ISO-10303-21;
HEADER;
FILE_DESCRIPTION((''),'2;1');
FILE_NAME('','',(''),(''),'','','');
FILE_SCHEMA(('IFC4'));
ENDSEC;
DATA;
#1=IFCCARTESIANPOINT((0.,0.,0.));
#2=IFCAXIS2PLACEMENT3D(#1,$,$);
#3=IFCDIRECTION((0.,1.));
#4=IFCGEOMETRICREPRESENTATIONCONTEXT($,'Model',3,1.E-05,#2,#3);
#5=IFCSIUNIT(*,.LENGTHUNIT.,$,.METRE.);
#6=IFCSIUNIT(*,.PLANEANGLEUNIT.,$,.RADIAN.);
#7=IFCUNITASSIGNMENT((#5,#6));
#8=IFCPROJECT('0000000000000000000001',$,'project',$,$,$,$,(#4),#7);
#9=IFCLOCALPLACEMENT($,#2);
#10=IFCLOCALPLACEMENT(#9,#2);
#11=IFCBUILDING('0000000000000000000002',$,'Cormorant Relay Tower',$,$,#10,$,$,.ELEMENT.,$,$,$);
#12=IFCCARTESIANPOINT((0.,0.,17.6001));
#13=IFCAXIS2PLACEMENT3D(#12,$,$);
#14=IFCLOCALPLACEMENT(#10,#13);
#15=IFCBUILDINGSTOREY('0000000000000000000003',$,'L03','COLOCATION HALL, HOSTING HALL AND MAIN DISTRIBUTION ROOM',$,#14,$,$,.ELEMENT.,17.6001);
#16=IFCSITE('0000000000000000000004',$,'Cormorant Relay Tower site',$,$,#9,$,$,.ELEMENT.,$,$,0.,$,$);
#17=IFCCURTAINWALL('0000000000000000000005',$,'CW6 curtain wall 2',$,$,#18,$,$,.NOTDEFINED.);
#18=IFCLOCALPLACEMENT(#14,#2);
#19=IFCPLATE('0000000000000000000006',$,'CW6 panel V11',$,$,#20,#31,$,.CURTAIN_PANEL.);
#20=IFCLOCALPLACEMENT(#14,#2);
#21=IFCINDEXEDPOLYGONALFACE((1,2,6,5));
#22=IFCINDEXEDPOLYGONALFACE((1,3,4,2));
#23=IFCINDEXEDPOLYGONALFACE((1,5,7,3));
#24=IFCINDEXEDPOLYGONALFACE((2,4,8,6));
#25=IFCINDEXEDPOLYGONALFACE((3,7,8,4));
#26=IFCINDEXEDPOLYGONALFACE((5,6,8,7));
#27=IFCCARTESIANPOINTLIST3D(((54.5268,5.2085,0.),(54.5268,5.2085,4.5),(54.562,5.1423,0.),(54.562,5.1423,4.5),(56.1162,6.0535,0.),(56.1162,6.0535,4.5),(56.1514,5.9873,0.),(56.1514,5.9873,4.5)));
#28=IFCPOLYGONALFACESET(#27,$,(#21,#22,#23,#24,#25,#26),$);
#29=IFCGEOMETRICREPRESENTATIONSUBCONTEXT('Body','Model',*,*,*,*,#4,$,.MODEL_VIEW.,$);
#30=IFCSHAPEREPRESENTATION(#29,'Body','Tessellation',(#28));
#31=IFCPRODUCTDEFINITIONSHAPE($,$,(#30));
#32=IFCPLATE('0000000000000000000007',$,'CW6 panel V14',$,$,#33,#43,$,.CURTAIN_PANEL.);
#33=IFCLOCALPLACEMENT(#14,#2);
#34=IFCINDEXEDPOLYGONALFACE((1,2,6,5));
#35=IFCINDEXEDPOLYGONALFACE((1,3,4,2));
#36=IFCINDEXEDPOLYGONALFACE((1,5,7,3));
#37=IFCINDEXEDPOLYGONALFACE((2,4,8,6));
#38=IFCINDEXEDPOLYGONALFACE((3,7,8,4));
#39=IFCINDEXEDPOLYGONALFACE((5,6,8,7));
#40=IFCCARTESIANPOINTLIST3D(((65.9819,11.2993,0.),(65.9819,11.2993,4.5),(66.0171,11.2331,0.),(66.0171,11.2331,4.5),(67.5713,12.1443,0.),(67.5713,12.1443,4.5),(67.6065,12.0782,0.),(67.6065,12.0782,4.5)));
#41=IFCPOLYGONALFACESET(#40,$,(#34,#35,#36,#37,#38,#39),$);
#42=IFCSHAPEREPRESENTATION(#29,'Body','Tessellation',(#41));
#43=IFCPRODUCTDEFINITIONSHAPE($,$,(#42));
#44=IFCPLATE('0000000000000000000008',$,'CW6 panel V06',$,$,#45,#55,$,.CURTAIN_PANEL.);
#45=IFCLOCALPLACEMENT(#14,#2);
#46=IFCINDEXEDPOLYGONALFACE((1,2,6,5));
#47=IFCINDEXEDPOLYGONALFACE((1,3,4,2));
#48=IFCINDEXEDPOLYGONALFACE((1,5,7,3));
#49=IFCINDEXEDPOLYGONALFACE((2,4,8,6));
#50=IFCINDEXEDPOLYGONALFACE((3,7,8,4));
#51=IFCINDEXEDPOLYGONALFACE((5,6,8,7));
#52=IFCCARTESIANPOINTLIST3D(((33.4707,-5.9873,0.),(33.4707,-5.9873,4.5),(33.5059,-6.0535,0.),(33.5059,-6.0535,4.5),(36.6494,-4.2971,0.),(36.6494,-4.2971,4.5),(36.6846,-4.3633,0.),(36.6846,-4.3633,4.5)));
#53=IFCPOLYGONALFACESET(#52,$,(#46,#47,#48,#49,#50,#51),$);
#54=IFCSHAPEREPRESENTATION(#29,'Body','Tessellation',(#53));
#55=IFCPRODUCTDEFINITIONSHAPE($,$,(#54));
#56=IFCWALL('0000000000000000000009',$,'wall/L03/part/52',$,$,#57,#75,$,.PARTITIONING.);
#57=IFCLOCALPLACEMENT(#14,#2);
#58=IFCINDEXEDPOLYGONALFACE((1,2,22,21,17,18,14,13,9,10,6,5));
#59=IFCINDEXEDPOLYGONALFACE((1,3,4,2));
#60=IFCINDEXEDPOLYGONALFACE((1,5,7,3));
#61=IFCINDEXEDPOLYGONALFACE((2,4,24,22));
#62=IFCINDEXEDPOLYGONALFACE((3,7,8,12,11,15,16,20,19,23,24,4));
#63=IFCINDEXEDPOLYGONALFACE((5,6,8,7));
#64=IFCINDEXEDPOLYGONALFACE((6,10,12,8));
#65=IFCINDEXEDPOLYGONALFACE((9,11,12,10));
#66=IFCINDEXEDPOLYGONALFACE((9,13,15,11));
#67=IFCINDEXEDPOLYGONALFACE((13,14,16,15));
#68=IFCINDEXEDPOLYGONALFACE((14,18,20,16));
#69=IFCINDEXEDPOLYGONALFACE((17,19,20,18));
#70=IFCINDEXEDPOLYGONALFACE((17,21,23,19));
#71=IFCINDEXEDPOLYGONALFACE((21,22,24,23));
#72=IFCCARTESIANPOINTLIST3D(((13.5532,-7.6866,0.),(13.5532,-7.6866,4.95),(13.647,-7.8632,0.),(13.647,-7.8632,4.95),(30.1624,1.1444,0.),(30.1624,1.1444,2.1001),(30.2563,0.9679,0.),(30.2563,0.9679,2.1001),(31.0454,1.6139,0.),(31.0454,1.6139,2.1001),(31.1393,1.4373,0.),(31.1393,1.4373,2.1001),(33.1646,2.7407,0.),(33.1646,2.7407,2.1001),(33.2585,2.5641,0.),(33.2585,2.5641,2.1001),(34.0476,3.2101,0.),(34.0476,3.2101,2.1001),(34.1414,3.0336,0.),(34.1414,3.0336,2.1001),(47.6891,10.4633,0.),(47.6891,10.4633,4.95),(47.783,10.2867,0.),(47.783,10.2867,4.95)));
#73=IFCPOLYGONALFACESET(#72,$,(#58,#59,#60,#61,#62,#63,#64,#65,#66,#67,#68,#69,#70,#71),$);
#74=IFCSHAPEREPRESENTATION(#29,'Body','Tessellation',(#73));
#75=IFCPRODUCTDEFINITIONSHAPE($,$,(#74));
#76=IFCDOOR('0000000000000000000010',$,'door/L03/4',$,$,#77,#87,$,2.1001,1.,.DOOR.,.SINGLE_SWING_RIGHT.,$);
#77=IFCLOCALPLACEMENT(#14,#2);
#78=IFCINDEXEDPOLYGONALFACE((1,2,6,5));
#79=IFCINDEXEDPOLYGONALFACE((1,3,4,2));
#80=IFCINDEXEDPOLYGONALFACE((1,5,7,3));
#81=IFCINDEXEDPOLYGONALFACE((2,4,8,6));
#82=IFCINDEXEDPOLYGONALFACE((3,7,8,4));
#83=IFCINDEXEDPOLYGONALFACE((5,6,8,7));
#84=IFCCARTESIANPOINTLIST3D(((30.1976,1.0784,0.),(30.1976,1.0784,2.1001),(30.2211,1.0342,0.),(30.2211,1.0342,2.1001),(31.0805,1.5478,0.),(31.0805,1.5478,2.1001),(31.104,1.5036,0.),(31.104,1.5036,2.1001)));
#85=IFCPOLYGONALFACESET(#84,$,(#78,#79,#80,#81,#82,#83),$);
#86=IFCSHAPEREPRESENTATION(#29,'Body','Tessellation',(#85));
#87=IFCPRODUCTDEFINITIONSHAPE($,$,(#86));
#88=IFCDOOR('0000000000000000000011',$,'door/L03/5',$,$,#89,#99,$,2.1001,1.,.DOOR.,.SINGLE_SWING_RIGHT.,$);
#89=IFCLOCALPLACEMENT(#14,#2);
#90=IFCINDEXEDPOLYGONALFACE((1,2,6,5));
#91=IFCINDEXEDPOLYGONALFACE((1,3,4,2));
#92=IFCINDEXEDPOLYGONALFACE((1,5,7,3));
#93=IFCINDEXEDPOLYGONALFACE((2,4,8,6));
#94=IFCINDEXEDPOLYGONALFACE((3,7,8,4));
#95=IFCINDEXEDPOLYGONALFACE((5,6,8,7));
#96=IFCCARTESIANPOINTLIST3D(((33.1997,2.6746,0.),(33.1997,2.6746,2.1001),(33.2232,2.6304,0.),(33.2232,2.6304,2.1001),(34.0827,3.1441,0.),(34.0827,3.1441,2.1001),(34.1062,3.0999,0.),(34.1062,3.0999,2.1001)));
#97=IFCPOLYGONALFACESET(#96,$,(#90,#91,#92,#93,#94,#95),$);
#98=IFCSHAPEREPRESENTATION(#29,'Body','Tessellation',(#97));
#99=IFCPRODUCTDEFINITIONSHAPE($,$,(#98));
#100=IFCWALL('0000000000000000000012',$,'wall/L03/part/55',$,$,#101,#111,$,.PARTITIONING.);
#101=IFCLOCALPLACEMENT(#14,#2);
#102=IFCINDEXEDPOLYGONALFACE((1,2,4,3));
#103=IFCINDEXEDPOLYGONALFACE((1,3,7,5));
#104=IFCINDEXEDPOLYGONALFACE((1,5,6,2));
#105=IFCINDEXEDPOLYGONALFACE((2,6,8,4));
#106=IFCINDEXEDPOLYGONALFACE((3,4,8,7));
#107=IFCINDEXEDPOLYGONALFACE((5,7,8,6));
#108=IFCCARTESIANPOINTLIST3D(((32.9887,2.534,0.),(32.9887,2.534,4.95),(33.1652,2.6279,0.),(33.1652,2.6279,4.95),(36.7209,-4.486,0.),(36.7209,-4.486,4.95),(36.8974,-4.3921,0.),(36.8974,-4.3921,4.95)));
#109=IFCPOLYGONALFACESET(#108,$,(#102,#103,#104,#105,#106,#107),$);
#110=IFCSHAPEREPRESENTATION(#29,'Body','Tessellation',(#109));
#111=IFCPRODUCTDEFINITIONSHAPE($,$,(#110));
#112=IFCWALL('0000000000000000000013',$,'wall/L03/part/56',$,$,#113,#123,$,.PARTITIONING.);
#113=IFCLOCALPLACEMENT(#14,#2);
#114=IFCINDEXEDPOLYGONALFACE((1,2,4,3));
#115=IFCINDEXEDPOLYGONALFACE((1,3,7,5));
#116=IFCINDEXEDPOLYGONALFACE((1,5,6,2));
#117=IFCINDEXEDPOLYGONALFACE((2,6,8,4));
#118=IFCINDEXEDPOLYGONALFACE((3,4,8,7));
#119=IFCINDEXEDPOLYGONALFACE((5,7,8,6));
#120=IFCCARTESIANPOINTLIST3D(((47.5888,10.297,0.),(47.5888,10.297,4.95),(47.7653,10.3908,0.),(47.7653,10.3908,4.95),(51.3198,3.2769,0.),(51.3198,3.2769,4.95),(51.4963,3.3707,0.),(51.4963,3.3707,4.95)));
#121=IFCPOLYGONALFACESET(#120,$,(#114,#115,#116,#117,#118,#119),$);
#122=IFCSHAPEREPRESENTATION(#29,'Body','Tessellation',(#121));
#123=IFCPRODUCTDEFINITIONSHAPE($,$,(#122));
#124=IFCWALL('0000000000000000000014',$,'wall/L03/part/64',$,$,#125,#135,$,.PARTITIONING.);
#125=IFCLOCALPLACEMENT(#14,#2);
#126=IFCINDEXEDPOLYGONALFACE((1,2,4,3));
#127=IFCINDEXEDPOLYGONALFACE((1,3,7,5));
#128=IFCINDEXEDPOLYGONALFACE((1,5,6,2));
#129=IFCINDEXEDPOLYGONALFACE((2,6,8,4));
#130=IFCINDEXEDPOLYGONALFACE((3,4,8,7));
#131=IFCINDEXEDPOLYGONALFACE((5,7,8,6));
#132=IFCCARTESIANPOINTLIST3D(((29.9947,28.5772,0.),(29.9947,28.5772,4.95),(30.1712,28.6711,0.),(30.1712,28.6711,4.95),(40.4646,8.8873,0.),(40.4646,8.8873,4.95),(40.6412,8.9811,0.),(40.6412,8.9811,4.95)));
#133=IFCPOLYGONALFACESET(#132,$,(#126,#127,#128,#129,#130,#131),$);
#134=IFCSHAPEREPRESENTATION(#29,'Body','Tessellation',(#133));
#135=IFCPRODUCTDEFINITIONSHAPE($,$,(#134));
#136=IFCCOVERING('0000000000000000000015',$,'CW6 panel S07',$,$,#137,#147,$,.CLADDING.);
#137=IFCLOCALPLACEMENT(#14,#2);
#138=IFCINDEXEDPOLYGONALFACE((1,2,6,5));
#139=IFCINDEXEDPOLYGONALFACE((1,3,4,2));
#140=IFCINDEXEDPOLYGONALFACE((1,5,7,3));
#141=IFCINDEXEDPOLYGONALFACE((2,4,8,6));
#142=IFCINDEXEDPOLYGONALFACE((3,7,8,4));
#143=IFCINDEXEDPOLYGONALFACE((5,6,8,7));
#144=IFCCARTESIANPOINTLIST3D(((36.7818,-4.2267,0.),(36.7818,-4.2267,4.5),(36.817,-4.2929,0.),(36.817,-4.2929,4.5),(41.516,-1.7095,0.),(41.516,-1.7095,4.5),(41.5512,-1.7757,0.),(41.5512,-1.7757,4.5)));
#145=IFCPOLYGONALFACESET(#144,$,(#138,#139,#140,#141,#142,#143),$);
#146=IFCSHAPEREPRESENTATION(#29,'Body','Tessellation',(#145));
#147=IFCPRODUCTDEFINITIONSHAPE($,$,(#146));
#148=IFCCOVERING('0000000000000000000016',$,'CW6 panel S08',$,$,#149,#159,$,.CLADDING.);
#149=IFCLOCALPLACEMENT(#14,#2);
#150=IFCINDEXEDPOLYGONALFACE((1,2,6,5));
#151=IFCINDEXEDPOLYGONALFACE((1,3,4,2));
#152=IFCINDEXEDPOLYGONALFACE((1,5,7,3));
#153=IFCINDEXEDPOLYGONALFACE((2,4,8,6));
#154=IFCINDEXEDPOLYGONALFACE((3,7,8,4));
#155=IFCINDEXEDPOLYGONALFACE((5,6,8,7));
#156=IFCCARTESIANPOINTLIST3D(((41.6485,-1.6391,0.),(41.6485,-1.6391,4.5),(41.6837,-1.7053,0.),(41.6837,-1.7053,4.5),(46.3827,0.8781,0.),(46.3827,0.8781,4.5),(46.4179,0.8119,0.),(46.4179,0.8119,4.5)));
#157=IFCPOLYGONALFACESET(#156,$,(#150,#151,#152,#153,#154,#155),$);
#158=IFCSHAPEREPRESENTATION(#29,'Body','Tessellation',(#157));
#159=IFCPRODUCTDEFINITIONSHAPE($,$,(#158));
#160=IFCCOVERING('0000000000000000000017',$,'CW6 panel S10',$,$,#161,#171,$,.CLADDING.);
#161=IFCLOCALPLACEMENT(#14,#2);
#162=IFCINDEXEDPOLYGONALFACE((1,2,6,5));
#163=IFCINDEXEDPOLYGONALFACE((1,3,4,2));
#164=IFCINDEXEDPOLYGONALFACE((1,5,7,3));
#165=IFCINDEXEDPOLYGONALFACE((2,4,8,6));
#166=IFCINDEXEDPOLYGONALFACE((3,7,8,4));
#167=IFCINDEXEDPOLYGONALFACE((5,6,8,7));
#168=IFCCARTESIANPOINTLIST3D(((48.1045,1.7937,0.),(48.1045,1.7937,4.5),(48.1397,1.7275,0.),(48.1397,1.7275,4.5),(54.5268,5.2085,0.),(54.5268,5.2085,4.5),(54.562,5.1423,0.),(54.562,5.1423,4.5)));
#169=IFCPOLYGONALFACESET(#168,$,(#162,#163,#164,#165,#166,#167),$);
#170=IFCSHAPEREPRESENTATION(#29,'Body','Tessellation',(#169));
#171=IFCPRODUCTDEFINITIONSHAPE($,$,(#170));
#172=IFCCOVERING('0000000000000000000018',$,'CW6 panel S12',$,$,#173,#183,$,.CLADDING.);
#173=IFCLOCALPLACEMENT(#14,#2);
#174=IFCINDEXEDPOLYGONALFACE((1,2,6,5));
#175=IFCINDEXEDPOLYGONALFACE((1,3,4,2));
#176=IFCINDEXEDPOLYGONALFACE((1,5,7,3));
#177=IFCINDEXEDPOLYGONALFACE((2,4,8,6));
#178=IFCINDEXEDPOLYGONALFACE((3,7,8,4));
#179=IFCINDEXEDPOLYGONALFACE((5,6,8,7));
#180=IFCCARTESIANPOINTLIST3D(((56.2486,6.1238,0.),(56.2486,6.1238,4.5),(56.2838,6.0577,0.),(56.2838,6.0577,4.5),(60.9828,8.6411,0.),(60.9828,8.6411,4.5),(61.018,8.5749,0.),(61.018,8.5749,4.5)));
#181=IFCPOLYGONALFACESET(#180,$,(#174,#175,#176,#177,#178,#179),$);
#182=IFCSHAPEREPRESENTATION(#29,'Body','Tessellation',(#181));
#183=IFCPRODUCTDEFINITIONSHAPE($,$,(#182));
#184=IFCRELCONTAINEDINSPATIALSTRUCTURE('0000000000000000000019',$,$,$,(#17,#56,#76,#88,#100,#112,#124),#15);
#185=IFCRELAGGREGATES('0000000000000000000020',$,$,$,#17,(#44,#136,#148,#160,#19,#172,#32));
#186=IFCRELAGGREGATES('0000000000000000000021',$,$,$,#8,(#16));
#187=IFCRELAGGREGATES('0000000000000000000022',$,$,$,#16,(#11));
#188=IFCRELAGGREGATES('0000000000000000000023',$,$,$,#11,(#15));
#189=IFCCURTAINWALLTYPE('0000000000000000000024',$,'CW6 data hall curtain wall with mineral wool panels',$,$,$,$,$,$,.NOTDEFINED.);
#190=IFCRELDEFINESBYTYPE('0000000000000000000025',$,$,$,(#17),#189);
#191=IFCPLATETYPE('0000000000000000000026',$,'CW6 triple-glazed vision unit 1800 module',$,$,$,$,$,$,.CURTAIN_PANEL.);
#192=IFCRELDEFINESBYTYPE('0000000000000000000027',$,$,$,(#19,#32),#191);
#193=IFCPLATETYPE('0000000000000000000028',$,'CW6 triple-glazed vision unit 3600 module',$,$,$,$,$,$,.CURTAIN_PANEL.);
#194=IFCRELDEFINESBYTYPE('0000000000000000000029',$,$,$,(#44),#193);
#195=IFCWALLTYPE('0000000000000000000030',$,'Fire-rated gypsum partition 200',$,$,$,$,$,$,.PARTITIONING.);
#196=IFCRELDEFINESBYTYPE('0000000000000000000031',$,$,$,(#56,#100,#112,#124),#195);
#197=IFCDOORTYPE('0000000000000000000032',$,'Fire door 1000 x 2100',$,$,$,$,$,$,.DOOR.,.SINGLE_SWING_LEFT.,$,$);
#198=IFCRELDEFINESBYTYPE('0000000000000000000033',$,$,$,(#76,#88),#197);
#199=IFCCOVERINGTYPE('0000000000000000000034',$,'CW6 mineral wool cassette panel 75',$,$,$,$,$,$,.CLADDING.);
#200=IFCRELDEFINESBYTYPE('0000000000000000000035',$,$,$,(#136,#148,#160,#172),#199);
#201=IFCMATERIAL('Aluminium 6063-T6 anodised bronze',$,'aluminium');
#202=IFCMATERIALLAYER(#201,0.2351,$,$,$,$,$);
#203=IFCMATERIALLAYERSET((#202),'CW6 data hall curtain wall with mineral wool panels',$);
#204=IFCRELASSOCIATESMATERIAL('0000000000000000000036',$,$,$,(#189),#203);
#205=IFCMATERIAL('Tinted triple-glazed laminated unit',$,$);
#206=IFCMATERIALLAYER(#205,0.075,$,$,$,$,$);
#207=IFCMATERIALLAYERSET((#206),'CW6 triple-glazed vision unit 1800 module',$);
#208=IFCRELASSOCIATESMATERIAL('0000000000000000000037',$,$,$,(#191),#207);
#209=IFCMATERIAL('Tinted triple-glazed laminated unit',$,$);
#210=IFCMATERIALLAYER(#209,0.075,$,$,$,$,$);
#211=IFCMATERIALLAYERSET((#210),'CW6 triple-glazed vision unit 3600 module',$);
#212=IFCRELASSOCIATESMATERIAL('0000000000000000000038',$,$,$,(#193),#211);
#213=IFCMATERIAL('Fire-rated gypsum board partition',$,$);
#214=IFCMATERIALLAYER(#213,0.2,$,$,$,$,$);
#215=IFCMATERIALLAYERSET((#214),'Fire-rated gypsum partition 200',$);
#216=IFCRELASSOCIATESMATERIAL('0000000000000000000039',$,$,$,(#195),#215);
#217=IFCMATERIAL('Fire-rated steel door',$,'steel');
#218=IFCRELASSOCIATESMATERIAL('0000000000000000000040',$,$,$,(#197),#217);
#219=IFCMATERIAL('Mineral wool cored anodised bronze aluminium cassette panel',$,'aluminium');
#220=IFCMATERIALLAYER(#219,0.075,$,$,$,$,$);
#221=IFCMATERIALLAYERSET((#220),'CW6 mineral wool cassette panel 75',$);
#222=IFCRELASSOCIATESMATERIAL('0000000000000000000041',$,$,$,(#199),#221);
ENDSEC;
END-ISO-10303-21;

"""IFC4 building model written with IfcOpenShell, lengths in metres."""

from ifc_helpers import new_model, si_unit, direction, frame, frame_2d, origin, origin_2d, place, context, subcontext, project, spatial, rectangle, extrude, material, layer, layer_set, type_object, element, fill, aggregate, save


model = new_model("IFC4")

# Units and contexts
model_context = context("Model", 3, precision=1e-05, world=origin(), true_north=direction((0.0, 1.0)))
body_context = subcontext(model_context, "Body", "Model", "MODEL_VIEW")
ifc_project = project(units=[si_unit("LENGTHUNIT", "METRE"), si_unit("PLANEANGLEUNIT", "RADIAN")], contexts=[model_context])

# Site, building, storey
site_placement = place(None, origin())
site = spatial("IfcSite", under=ifc_project, at=site_placement, Name="Cormorant Relay Tower site", CompositionType="ELEMENT", RefElevation=0.0)
building_placement = place(site_placement, origin())
building = spatial("IfcBuilding", under=site, at=building_placement, Name="Cormorant Relay Tower", CompositionType="ELEMENT")
storey_placement = place(building_placement, frame((0.0, 0.0, 17.6001)))
storey = spatial("IfcBuildingStorey", under=building, at=storey_placement, Name="L03", Description="COLOCATION HALL, HOSTING HALL AND MAIN DISTRIBUTION ROOM", CompositionType="ELEMENT", Elevation=17.6001)

# Curtain wall
ifc_material_1 = material(Name="Aluminium 6063-T6 anodised bronze", Category="aluminium")
ifc_layer_1 = layer(ifc_material_1, 0.2351)
ifc_layer_set_1 = layer_set([ifc_layer_1], Name="CW6 data hall curtain wall with mineral wool panels")
curtain_wall_type = type_object("IfcCurtainWallType", Name="CW6 data hall curtain wall with mineral wool panels", PredefinedType="NOTDEFINED", material=ifc_layer_set_1)
curtain_wall_1_placement = place(storey_placement, origin())
curtain_wall_1 = element("IfcCurtainWall", 1, at=curtain_wall_1_placement, inside=storey, type_object=curtain_wall_type, Name="CW6 curtain wall 2", PredefinedType="NOTDEFINED")

# Plates
ifc_material_2 = material(Name="Tinted triple-glazed laminated unit")
ifc_layer_2 = layer(ifc_material_2, 0.075)
ifc_layer_set_2 = layer_set([ifc_layer_2], Name="CW6 triple-glazed vision unit 1800 module")
plate_type_1 = type_object("IfcPlateType", Name="CW6 triple-glazed vision unit 1800 module", PredefinedType="CURTAIN_PANEL", material=ifc_layer_set_2)
plate_1_placement = place(storey_placement, frame((55.3391, 5.5979, 0.0), z_axis=(0.0, 0.0, 1.0), x_axis=(0.882948, 0.469472, 0.0)))
plate_1 = element("IfcPlate", 2, at=plate_1_placement, type_object=plate_type_1, Name="CW6 panel V11", PredefinedType="CURTAIN_PANEL", context=body_context, shape_type="SweptSolid", body=[
    extrude(rectangle(XDim=1.8, YDim=0.075, at=origin_2d()), origin(), (0.0, 0.0, 1.0), 4.5),
])
plate_2_placement = place(storey_placement, frame((66.7942, 11.6887, 0.0), z_axis=(0.0, 0.0, 1.0), x_axis=(0.882948, 0.469472, 0.0)))
plate_2 = element("IfcPlate", 3, at=plate_2_placement, type_object=plate_type_1, Name="CW6 panel V14", PredefinedType="CURTAIN_PANEL", context=body_context, shape_type="SweptSolid", body=[
    extrude(rectangle(XDim=1.8, YDim=0.075, at=origin_2d()), origin(), (0.0, 0.0, 1.0), 4.5),
])
ifc_material_3 = material(Name="Tinted triple-glazed laminated unit")
ifc_layer_3 = layer(ifc_material_3, 0.075)
ifc_layer_set_3 = layer_set([ifc_layer_3], Name="CW6 triple-glazed vision unit 3600 module")
plate_type_2 = type_object("IfcPlateType", Name="CW6 triple-glazed vision unit 3600 module", PredefinedType="CURTAIN_PANEL", material=ifc_layer_set_3)
plate_3_placement = place(storey_placement, frame((35.0776, -5.1753, 0.0), z_axis=(0.0, 0.0, 1.0), x_axis=(0.882948, 0.469472, 0.0)))
plate_3 = element("IfcPlate", 4, at=plate_3_placement, type_object=plate_type_2, Name="CW6 panel V06", PredefinedType="CURTAIN_PANEL", context=body_context, shape_type="SweptSolid", body=[
    extrude(rectangle(XDim=3.6001, YDim=0.075, at=origin_2d()), origin(), (0.0, 0.0, 1.0), 4.5),
])

# Wall, openings, doors
ifc_material_4 = material(Name="Fire-rated gypsum board partition")
ifc_layer_4 = layer(ifc_material_4, 0.2)
ifc_layer_set_4 = layer_set([ifc_layer_4], Name="Fire-rated gypsum partition 200")
wall_type_1 = type_object("IfcWallType", Name="Fire-rated gypsum partition 200", PredefinedType="PARTITIONING", material=ifc_layer_set_4)
wall_1_placement = place(storey_placement, frame((47.7361, 10.375, 0.0), z_axis=(0.0, 0.0, 1.0), x_axis=(-0.882953, -0.469461, 0.0)))
wall_1 = element("IfcWall", 5, at=wall_1_placement, inside=storey, type_object=wall_type_1, Name="wall/L03/part/52", PredefinedType="PARTITIONING", context=body_context, shape_type="SweptSolid", body=[
    extrude(rectangle(XDim=38.6611, YDim=0.2, at=frame_2d((19.3306, 0.0))), origin(), (0.0, 0.0, 1.0), 4.95),
])
opening_1_placement = place(wall_1_placement, frame((18.8501, 0.0, 0.0)))
opening_1 = element("IfcOpeningElement", 6, at=opening_1_placement, cuts=wall_1, PredefinedType="OPENING", context=body_context, shape_type="SweptSolid", body=[
    extrude(rectangle(XDim=1.0, YDim=2.1001, at=frame_2d((0.5, 1.05))), frame((0.0, 0.1099, 0.0), z_axis=(0.0, -1.0, 0.0), x_axis=(1.0, 0.0, 0.0)), (0.0, 0.0, 1.0), 0.22),
])
opening_2_placement = place(wall_1_placement, frame((15.45, 0.0, 0.0)))
opening_2 = element("IfcOpeningElement", 7, at=opening_2_placement, cuts=wall_1, PredefinedType="OPENING", context=body_context, shape_type="SweptSolid", body=[
    extrude(rectangle(XDim=1.0, YDim=2.1001, at=frame_2d((0.5, 1.05))), frame((0.0, 0.1099, 0.0), z_axis=(0.0, -1.0, 0.0), x_axis=(1.0, 0.0, 0.0)), (0.0, 0.0, 1.0), 0.22),
])
ifc_material_5 = material(Name="Fire-rated steel door", Category="steel")
door_type_1 = type_object("IfcDoorType", Name="Fire door 1000 x 2100", OperationType="SINGLE_SWING_LEFT", PredefinedType="DOOR", material=ifc_material_5)
door_1_placement = place(opening_1_placement, origin())
door_1 = element("IfcDoor", 8, at=door_1_placement, inside=storey, type_object=door_type_1, Name="door/L03/4", OperationType="SINGLE_SWING_RIGHT", OverallHeight=2.1001, OverallWidth=1.0, PredefinedType="DOOR", context=body_context, shape_type="SweptSolid", body=[
    extrude(rectangle(XDim=1.0, YDim=2.1001, at=frame_2d((0.5, 1.05))), frame((0.0, 0.0249, 0.0), z_axis=(0.0, -1.0, 0.0), x_axis=(1.0, 0.0, 0.0)), (0.0, 0.0, 1.0), 0.05),
])
fill(opening_1, door_1)
door_2_placement = place(opening_2_placement, origin())
door_2 = element("IfcDoor", 9, at=door_2_placement, inside=storey, type_object=door_type_1, Name="door/L03/5", OperationType="SINGLE_SWING_RIGHT", OverallHeight=2.1001, OverallWidth=1.0, PredefinedType="DOOR", context=body_context, shape_type="SweptSolid", body=[
    extrude(rectangle(XDim=1.0, YDim=2.1001, at=frame_2d((0.5, 1.05))), frame((0.0, 0.0249, 0.0), z_axis=(0.0, -1.0, 0.0), x_axis=(1.0, 0.0, 0.0)), (0.0, 0.0, 1.0), 0.05),
])
fill(opening_2, door_2)

# Walls
wall_2_placement = place(storey_placement, frame((36.8091, -4.439, 0.0), z_axis=(0.0, 0.0, 1.0), x_axis=(-0.469429, 0.88297, 0.0)))
element("IfcWall", 10, at=wall_2_placement, inside=storey, type_object=wall_type_1, Name="wall/L03/part/55", PredefinedType="PARTITIONING", context=body_context, shape_type="SweptSolid", body=[
    extrude(rectangle(XDim=7.9504, YDim=0.2, at=frame_2d((3.9751, 0.0))), origin(), (0.0, 0.0, 1.0), 4.95),
])
wall_3_placement = place(storey_placement, frame((47.677, 10.344, 0.0), z_axis=(0.0, 0.0, 1.0), x_axis=(0.469309, -0.883034, 0.0)))
element("IfcWall", 11, at=wall_3_placement, inside=storey, type_object=wall_type_1, Name="wall/L03/part/56", PredefinedType="PARTITIONING", context=body_context, shape_type="SweptSolid", body=[
    extrude(rectangle(XDim=7.95, YDim=0.2, at=frame_2d((3.9751, 0.0))), origin(), (0.0, 0.0, 1.0), 4.95),
])
wall_4_placement = place(storey_placement, frame((40.553, 8.9341, 0.0), z_axis=(0.0, 0.0, 1.0), x_axis=(-0.469494, 0.882936, 0.0)))
element("IfcWall", 12, at=wall_4_placement, inside=storey, type_object=wall_type_1, Name="wall/L03/part/64", PredefinedType="PARTITIONING", context=body_context, shape_type="SweptSolid", body=[
    extrude(rectangle(XDim=22.3005, YDim=0.2, at=frame_2d((11.1504, 0.0))), origin(), (0.0, 0.0, 1.0), 4.95),
])

# Coverings
ifc_material_6 = material(Name="Mineral wool cored anodised bronze aluminium cassette panel", Category="aluminium")
ifc_layer_5 = layer(ifc_material_6, 0.075)
ifc_layer_set_5 = layer_set([ifc_layer_5], Name="CW6 mineral wool cassette panel 75")
covering_type = type_object("IfcCoveringType", Name="CW6 mineral wool cassette panel 75", PredefinedType="CLADDING", material=ifc_layer_set_5)
covering_1_placement = place(storey_placement, frame((39.1665, -3.0012, 0.0), z_axis=(0.0, 0.0, 1.0), x_axis=(0.882948, 0.469472, 0.0)))
covering_1 = element("IfcCovering", 13, at=covering_1_placement, type_object=covering_type, Name="CW6 panel S07", PredefinedType="CLADDING", context=body_context, shape_type="SweptSolid", body=[
    extrude(rectangle(XDim=5.3618, YDim=0.075, at=origin_2d()), origin(), (0.0, 0.0, 1.0), 4.5),
])
covering_2_placement = place(storey_placement, frame((44.0332, -0.4136, 0.0), z_axis=(0.0, 0.0, 1.0), x_axis=(0.882948, 0.469472, 0.0)))
covering_2 = element("IfcCovering", 14, at=covering_2_placement, type_object=covering_type, Name="CW6 panel S08", PredefinedType="CLADDING", context=body_context, shape_type="SweptSolid", body=[
    extrude(rectangle(XDim=5.3618, YDim=0.075, at=origin_2d()), origin(), (0.0, 0.0, 1.0), 4.5),
])
covering_3_placement = place(storey_placement, frame((51.3333, 3.468, 0.0), z_axis=(0.0, 0.0, 1.0), x_axis=(0.882948, 0.469472, 0.0)))
covering_3 = element("IfcCovering", 15, at=covering_3_placement, type_object=covering_type, Name="CW6 panel S10", PredefinedType="CLADDING", context=body_context, shape_type="SweptSolid", body=[
    extrude(rectangle(XDim=7.2737, YDim=0.075, at=origin_2d()), origin(), (0.0, 0.0, 1.0), 4.5),
])
covering_4_placement = place(storey_placement, frame((58.6333, 7.3494, 0.0), z_axis=(0.0, 0.0, 1.0), x_axis=(0.882948, 0.469472, 0.0)))
covering_4 = element("IfcCovering", 16, at=covering_4_placement, type_object=covering_type, Name="CW6 panel S12", PredefinedType="CLADDING", context=body_context, shape_type="SweptSolid", body=[
    extrude(rectangle(XDim=5.3618, YDim=0.075, at=origin_2d()), origin(), (0.0, 0.0, 1.0), 4.5),
])
aggregate(curtain_wall_1, [plate_3, covering_1, covering_2, covering_3, plate_1, covering_4, plate_2])

save(model, "model.ifc")
